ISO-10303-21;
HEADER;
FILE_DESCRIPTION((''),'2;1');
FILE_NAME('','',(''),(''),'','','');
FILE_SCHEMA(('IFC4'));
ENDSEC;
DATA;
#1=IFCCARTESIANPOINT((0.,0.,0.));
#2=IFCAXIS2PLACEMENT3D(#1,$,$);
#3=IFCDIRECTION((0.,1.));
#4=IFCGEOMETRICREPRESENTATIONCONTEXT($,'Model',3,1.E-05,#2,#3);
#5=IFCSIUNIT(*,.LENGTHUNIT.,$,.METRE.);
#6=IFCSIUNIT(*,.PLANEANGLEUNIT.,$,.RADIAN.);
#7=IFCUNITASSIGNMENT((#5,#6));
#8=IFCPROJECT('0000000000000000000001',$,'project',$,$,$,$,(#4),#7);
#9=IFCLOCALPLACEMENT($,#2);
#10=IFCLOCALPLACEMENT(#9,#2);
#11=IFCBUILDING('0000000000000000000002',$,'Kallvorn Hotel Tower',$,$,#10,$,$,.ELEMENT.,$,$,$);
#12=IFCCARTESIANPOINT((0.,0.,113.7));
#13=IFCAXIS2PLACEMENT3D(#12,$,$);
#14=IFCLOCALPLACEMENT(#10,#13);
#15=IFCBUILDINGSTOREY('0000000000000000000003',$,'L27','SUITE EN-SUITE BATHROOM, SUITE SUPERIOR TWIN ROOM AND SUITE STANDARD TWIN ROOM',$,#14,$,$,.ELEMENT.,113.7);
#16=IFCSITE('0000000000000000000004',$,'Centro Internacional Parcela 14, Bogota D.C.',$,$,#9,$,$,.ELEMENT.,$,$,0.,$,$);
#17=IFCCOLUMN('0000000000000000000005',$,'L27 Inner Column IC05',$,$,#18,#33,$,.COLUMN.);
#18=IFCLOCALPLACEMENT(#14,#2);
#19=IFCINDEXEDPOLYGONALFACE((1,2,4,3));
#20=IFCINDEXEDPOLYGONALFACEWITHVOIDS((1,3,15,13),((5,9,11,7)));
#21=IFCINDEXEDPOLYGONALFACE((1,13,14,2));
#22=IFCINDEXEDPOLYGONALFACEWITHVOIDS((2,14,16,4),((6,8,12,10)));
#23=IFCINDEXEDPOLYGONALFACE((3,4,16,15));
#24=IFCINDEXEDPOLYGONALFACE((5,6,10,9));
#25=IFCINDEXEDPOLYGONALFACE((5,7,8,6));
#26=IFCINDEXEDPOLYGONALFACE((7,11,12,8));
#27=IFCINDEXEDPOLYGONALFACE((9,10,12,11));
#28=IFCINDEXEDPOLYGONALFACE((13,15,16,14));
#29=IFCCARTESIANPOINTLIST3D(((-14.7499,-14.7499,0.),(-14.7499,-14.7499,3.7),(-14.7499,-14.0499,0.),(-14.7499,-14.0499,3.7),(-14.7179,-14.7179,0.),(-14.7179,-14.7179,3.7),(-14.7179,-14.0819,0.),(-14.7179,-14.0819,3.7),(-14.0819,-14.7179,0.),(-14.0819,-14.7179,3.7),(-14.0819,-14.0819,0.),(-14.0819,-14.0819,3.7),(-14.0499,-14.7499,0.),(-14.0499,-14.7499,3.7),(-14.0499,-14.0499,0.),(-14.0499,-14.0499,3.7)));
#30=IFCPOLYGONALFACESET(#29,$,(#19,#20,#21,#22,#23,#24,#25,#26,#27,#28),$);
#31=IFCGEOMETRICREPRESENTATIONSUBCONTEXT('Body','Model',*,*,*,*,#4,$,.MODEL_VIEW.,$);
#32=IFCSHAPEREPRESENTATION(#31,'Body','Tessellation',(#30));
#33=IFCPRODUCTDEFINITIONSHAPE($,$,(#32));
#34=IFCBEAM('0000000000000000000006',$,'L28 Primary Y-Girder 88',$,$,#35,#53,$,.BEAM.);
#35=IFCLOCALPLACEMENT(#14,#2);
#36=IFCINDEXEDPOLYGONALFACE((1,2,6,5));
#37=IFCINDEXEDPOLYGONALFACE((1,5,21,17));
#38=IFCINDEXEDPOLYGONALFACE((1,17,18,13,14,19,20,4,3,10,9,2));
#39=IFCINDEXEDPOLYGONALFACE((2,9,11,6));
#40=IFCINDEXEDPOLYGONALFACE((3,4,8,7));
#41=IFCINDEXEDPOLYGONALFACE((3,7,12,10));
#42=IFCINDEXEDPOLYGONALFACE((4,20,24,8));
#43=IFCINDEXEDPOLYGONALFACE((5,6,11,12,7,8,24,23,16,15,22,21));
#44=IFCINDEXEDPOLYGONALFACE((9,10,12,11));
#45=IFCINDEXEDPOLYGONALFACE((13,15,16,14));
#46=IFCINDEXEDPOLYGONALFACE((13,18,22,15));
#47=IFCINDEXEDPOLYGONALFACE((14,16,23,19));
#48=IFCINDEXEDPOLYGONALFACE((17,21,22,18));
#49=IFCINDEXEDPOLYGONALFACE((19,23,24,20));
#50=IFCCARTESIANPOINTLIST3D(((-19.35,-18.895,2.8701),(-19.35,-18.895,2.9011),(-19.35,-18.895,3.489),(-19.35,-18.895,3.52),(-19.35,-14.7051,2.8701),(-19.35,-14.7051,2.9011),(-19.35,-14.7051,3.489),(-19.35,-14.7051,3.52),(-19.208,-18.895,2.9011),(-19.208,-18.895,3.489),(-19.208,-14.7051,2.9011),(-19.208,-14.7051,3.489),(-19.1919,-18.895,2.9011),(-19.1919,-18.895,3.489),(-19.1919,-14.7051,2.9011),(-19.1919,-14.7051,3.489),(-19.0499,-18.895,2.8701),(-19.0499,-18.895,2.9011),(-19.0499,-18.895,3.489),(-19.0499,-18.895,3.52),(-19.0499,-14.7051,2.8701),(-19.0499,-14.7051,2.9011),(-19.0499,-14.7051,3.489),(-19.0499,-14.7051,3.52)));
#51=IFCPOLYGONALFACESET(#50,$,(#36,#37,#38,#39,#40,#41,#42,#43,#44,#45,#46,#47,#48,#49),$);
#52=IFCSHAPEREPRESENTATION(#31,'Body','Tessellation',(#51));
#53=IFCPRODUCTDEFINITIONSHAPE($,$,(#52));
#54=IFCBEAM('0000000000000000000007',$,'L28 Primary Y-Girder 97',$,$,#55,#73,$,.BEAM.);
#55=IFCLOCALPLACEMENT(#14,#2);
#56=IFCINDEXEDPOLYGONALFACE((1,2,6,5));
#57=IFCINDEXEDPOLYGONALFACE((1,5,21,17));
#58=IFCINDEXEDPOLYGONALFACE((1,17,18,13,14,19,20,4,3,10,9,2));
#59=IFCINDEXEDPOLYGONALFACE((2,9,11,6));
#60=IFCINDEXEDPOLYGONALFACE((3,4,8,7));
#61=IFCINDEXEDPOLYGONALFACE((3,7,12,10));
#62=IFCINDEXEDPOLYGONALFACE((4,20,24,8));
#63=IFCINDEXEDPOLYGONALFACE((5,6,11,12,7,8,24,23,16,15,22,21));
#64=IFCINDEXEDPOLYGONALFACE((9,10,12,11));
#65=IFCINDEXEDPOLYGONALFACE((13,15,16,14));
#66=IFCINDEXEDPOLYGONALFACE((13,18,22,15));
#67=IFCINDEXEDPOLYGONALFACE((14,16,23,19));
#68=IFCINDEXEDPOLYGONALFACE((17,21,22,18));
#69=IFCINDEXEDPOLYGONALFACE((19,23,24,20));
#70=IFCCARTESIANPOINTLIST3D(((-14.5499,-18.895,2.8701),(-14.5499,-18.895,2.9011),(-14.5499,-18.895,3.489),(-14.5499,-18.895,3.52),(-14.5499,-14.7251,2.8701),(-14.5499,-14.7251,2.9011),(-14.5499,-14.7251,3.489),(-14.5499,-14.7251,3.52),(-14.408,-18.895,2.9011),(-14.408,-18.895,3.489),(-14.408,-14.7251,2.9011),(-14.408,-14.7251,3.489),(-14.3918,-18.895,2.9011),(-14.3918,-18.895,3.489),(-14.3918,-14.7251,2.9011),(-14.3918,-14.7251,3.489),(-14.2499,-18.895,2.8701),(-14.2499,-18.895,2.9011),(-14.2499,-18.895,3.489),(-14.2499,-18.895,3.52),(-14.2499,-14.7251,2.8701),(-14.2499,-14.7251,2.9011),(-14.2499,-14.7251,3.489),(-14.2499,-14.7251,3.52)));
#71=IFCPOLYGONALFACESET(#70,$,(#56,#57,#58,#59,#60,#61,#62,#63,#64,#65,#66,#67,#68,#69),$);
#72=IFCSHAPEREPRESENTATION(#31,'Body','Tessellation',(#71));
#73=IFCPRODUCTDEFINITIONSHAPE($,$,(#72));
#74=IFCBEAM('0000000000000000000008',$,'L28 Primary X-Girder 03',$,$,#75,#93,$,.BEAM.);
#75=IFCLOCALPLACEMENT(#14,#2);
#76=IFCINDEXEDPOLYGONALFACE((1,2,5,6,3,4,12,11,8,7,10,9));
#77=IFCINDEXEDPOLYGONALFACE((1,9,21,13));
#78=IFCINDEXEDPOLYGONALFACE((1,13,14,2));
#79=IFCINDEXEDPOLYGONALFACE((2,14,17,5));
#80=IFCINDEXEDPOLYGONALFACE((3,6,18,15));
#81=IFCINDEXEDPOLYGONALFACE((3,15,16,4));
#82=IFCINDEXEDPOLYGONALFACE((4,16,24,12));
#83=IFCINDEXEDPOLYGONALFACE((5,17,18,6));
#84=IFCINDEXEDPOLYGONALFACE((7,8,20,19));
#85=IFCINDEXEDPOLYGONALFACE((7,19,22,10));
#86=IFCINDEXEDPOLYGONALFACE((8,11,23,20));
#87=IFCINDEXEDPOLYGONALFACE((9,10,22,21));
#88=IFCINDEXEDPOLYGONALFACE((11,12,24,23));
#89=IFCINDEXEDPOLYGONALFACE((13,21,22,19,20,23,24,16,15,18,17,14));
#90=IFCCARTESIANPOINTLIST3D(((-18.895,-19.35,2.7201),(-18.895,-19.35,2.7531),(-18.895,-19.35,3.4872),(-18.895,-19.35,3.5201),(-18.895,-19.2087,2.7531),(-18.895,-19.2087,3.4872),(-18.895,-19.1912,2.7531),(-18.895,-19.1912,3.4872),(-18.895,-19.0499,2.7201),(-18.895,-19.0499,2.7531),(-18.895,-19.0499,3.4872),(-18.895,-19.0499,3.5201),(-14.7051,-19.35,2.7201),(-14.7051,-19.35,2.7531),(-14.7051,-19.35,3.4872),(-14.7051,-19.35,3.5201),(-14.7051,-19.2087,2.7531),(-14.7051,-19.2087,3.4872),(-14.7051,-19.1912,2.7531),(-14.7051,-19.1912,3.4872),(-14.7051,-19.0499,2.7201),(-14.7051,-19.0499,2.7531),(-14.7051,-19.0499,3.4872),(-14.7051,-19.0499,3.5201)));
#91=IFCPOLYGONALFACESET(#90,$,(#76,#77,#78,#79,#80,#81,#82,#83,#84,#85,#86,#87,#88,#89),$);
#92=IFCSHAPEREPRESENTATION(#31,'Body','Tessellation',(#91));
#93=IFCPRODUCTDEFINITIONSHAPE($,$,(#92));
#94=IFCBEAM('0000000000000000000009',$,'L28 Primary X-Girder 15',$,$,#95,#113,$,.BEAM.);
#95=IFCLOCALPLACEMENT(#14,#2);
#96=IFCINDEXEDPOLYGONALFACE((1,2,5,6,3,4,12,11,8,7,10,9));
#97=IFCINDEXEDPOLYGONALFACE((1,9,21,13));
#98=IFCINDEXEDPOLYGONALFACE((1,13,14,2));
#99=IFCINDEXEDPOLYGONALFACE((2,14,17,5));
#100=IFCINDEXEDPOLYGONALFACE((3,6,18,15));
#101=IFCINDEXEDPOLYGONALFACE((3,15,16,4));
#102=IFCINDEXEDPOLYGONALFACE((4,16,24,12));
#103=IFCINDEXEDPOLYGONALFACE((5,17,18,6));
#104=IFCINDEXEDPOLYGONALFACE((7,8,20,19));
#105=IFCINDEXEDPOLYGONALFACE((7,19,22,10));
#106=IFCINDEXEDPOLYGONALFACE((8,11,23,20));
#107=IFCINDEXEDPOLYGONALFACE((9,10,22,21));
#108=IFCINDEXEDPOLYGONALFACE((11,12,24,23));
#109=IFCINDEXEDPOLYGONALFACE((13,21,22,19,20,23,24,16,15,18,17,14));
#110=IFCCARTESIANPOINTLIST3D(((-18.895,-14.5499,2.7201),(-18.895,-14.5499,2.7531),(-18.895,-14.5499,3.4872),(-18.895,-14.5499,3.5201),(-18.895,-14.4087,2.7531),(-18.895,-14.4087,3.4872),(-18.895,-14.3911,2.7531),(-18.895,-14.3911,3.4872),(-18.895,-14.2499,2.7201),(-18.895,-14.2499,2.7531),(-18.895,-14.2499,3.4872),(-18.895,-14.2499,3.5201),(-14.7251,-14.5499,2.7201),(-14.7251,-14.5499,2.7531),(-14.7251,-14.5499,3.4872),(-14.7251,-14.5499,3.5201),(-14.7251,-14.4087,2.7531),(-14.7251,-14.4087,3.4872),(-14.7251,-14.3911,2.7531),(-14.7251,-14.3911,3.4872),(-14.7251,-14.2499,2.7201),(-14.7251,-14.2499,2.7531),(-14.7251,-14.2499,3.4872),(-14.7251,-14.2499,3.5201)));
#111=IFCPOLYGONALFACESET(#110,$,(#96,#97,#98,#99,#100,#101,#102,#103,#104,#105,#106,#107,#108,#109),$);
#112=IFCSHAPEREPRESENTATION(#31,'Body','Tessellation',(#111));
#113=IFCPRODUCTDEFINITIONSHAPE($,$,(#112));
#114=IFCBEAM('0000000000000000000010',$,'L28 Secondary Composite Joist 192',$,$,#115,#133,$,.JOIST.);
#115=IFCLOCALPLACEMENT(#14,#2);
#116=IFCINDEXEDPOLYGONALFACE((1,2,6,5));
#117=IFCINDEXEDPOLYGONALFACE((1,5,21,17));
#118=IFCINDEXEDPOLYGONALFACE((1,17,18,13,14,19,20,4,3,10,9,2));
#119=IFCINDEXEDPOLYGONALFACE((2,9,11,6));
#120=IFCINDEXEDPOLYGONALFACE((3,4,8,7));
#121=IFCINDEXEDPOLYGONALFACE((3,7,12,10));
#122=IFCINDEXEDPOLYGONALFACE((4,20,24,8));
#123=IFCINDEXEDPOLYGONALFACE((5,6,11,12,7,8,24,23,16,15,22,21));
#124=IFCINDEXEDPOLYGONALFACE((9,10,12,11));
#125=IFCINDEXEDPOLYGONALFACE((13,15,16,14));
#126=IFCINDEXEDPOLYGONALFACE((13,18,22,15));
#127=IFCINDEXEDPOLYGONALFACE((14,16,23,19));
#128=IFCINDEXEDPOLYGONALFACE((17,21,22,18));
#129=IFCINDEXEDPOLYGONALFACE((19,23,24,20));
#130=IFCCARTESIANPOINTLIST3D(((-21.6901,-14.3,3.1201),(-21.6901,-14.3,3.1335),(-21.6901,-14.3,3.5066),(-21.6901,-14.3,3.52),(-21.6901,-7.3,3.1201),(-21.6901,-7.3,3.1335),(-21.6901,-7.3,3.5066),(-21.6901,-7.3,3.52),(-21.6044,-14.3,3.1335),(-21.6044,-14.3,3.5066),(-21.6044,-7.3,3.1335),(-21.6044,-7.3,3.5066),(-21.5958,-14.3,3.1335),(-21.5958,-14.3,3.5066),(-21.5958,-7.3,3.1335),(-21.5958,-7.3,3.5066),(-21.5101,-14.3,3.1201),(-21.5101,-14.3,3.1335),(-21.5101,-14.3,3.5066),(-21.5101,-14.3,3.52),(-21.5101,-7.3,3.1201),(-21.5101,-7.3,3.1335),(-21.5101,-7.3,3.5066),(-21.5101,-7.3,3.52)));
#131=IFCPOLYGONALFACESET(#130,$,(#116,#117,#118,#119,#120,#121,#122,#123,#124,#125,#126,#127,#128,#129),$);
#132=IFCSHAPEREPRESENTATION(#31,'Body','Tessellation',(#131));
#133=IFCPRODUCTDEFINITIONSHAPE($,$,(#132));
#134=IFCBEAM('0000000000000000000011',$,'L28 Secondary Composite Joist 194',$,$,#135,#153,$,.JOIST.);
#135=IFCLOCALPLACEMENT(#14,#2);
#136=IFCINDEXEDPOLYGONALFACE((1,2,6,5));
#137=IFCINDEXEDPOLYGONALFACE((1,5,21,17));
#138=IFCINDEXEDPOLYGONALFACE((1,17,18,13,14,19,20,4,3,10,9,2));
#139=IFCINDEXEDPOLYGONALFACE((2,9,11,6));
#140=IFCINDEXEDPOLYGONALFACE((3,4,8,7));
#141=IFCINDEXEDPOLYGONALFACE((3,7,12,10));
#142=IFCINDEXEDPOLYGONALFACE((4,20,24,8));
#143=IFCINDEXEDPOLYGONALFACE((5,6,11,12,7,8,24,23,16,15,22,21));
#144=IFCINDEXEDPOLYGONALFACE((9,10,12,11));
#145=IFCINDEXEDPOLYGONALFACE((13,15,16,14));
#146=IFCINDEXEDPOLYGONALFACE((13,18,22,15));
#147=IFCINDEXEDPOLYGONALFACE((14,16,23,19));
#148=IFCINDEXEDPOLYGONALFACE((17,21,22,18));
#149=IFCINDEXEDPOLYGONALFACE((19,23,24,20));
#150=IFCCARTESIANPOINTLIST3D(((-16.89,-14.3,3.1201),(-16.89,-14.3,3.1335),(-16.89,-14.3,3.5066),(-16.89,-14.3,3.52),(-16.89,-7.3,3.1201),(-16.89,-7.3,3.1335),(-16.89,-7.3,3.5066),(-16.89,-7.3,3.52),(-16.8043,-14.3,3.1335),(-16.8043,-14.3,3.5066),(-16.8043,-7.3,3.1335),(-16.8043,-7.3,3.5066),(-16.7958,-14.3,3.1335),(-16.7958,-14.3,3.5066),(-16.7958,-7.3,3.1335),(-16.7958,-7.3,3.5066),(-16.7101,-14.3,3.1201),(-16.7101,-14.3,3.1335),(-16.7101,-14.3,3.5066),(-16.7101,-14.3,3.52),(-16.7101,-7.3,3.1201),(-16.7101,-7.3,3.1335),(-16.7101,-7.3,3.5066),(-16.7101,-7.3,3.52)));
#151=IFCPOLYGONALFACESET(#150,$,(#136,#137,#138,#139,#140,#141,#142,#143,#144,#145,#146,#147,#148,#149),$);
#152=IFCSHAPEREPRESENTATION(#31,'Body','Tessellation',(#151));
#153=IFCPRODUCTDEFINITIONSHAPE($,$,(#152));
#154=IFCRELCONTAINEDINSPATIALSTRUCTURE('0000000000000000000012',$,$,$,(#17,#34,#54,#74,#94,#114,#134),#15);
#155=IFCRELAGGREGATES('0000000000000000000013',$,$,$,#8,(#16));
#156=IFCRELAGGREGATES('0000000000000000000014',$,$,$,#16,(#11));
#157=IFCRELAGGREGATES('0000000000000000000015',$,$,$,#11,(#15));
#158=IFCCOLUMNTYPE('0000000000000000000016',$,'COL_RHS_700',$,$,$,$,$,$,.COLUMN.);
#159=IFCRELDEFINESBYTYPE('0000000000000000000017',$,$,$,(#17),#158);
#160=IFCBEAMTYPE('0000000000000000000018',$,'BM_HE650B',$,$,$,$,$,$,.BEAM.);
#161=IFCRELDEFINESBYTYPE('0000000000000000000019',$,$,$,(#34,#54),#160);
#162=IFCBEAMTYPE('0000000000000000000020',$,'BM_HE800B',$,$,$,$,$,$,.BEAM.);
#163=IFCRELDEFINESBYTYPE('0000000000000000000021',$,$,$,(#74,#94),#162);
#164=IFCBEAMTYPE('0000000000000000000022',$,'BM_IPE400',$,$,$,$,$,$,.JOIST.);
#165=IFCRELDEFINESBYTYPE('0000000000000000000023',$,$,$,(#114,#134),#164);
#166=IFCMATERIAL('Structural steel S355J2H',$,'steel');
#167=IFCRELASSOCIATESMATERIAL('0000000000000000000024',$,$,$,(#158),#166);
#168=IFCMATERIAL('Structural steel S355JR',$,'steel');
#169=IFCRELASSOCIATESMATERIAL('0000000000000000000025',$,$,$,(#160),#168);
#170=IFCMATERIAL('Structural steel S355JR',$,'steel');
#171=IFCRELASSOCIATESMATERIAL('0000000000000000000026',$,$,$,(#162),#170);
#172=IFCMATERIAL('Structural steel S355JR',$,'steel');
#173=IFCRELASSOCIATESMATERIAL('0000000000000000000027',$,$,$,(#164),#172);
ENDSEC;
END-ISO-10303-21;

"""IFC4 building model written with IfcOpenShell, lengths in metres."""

from ifc_helpers import new_model, si_unit, direction, frame, origin, origin_2d, place, context, subcontext, project, spatial, hollow_rectangle, i_section, extrude, material, material_profile, profile_set, type_object, element, save


model = new_model("IFC4")

# Units and contexts
model_context = context("Model", 3, precision=1e-05, world=origin(), true_north=direction((0.0, 1.0)))
body_context = subcontext(model_context, "Body", "Model", "MODEL_VIEW")
ifc_project = project(units=[si_unit("LENGTHUNIT", "METRE"), si_unit("PLANEANGLEUNIT", "RADIAN")], contexts=[model_context])

# Site, building, storey
site_placement = place(None, origin())
site = spatial("IfcSite", under=ifc_project, at=site_placement, Name="Centro Internacional Parcela 14, Bogota D.C.", CompositionType="ELEMENT", RefElevation=0.0)
building_placement = place(site_placement, origin())
building = spatial("IfcBuilding", under=site, at=building_placement, Name="Kallvorn Hotel Tower", CompositionType="ELEMENT")
storey_placement = place(building_placement, frame((0.0, 0.0, 113.7)))
storey = spatial("IfcBuildingStorey", under=building, at=storey_placement, Name="L27", Description="SUITE EN-SUITE BATHROOM, SUITE SUPERIOR TWIN ROOM AND SUITE STANDARD TWIN ROOM", CompositionType="ELEMENT", Elevation=113.7)

# Column
ifc_material_1 = material(Name="Structural steel S355J2H", Category="steel")
ifc_material_profile_1 = material_profile(ifc_material_1, hollow_rectangle(XDim=0.7, YDim=0.7, WallThickness=0.032, at=origin_2d()), Name="RHS 700x700x32")
ifc_profile_set_1 = profile_set([ifc_material_profile_1], Name="Structural steel S355J2H")
column_type_1 = type_object("IfcColumnType", Name="COL_RHS_700", PredefinedType="COLUMN", material=ifc_profile_set_1)
column_placement = place(storey_placement, frame((-14.3999, -14.3999, 0.0), z_axis=(0.0, 0.0, 1.0), x_axis=(1.0, 0.0, 0.0)))
element("IfcColumn", 1, at=column_placement, inside=storey, type_object=column_type_1, Name="L27 Inner Column IC05", PredefinedType="COLUMN", context=body_context, shape_type="SweptSolid", body=[
    extrude(hollow_rectangle(XDim=0.7, YDim=0.7, WallThickness=0.032, at=origin_2d()), origin(), (0.0, 0.0, 1.0), 3.7),
])

# Beams
ifc_material_2 = material(Name="Structural steel S355JR", Category="steel")
ifc_material_profile_2 = material_profile(ifc_material_2, i_section(OverallWidth=0.3, OverallDepth=0.6499, WebThickness=0.0161, FlangeThickness=0.031, at=origin_2d()), Name="HE 650 B")
ifc_profile_set_2 = profile_set([ifc_material_profile_2], Name="Structural steel S355JR")
beam_type_1 = type_object("IfcBeamType", Name="BM_HE650B", PredefinedType="BEAM", material=ifc_profile_set_2)
beam_1_placement = place(storey_placement, frame((-19.2, -18.895, 3.1951), z_axis=(0.0, 1.0, 0.0), x_axis=(-1.0, 0.0, 0.0)))
element("IfcBeam", 2, at=beam_1_placement, inside=storey, type_object=beam_type_1, Name="L28 Primary Y-Girder 88", PredefinedType="BEAM", context=body_context, shape_type="SweptSolid", body=[
    extrude(i_section(OverallWidth=0.3, OverallDepth=0.6499, WebThickness=0.0161, FlangeThickness=0.031, at=origin_2d()), origin(), (0.0, 0.0, 1.0), 4.1899),
])
beam_2_placement = place(storey_placement, frame((-14.3999, -18.895, 3.1951), z_axis=(0.0, 1.0, 0.0), x_axis=(-1.0, 0.0, 0.0)))
element("IfcBeam", 3, at=beam_2_placement, inside=storey, type_object=beam_type_1, Name="L28 Primary Y-Girder 97", PredefinedType="BEAM", context=body_context, shape_type="SweptSolid", body=[
    extrude(i_section(OverallWidth=0.3, OverallDepth=0.6499, WebThickness=0.0161, FlangeThickness=0.031, at=origin_2d()), origin(), (0.0, 0.0, 1.0), 4.1699),
])
ifc_material_3 = material(Name="Structural steel S355JR", Category="steel")
ifc_material_profile_3 = material_profile(ifc_material_3, i_section(OverallWidth=0.3, OverallDepth=0.8, WebThickness=0.0176, FlangeThickness=0.033, at=origin_2d()), Name="HE 800 B")
ifc_profile_set_3 = profile_set([ifc_material_profile_3], Name="Structural steel S355JR")
beam_type_2 = type_object("IfcBeamType", Name="BM_HE800B", PredefinedType="BEAM", material=ifc_profile_set_3)
beam_3_placement = place(storey_placement, frame((-18.895, -19.2, 3.1201), z_axis=(1.0, 0.0, 0.0), x_axis=(0.0, 1.0, 0.0)))
element("IfcBeam", 4, at=beam_3_placement, inside=storey, type_object=beam_type_2, Name="L28 Primary X-Girder 03", PredefinedType="BEAM", context=body_context, shape_type="SweptSolid", body=[
    extrude(i_section(OverallWidth=0.3, OverallDepth=0.8, WebThickness=0.0176, FlangeThickness=0.033, at=origin_2d()), origin(), (0.0, 0.0, 1.0), 4.1899),
])
beam_4_placement = place(storey_placement, frame((-18.895, -14.3999, 3.1201), z_axis=(1.0, 0.0, 0.0), x_axis=(0.0, 1.0, 0.0)))
element("IfcBeam", 5, at=beam_4_placement, inside=storey, type_object=beam_type_2, Name="L28 Primary X-Girder 15", PredefinedType="BEAM", context=body_context, shape_type="SweptSolid", body=[
    extrude(i_section(OverallWidth=0.3, OverallDepth=0.8, WebThickness=0.0176, FlangeThickness=0.033, at=origin_2d()), origin(), (0.0, 0.0, 1.0), 4.1699),
])
ifc_material_4 = material(Name="Structural steel S355JR", Category="steel")
ifc_material_profile_4 = material_profile(ifc_material_4, i_section(OverallWidth=0.1799, OverallDepth=0.3999, WebThickness=0.0085, FlangeThickness=0.0134, at=origin_2d()), Name="IPE 400")
ifc_profile_set_4 = profile_set([ifc_material_profile_4], Name="Structural steel S355JR")
beam_type_3 = type_object("IfcBeamType", Name="BM_IPE400", PredefinedType="JOIST", material=ifc_profile_set_4)
for number, where, z_axis, x_axis, name in (
    (6, (-21.6001, -14.3, 3.3201), (0.0, 1.0, 0.0), (-1.0, 0.0, 0.0), "L28 Secondary Composite Joist 192"),
    (7, (-16.8, -14.3, 3.3201), (0.0, 1.0, 0.0), (-1.0, 0.0, 0.0), "L28 Secondary Composite Joist 194"),
):
    element("IfcBeam", number, at=place(storey_placement, frame(where, z_axis=z_axis, x_axis=x_axis)), inside=storey, type_object=beam_type_3, Name=name, PredefinedType="JOIST", context=body_context, shape_type="SweptSolid", body=[
        extrude(i_section(OverallWidth=0.1799, OverallDepth=0.3999, WebThickness=0.0085, FlangeThickness=0.0134, at=origin_2d()), origin(), (0.0, 0.0, 1.0), 7.0),
    ])

save(model, "model.ifc")
